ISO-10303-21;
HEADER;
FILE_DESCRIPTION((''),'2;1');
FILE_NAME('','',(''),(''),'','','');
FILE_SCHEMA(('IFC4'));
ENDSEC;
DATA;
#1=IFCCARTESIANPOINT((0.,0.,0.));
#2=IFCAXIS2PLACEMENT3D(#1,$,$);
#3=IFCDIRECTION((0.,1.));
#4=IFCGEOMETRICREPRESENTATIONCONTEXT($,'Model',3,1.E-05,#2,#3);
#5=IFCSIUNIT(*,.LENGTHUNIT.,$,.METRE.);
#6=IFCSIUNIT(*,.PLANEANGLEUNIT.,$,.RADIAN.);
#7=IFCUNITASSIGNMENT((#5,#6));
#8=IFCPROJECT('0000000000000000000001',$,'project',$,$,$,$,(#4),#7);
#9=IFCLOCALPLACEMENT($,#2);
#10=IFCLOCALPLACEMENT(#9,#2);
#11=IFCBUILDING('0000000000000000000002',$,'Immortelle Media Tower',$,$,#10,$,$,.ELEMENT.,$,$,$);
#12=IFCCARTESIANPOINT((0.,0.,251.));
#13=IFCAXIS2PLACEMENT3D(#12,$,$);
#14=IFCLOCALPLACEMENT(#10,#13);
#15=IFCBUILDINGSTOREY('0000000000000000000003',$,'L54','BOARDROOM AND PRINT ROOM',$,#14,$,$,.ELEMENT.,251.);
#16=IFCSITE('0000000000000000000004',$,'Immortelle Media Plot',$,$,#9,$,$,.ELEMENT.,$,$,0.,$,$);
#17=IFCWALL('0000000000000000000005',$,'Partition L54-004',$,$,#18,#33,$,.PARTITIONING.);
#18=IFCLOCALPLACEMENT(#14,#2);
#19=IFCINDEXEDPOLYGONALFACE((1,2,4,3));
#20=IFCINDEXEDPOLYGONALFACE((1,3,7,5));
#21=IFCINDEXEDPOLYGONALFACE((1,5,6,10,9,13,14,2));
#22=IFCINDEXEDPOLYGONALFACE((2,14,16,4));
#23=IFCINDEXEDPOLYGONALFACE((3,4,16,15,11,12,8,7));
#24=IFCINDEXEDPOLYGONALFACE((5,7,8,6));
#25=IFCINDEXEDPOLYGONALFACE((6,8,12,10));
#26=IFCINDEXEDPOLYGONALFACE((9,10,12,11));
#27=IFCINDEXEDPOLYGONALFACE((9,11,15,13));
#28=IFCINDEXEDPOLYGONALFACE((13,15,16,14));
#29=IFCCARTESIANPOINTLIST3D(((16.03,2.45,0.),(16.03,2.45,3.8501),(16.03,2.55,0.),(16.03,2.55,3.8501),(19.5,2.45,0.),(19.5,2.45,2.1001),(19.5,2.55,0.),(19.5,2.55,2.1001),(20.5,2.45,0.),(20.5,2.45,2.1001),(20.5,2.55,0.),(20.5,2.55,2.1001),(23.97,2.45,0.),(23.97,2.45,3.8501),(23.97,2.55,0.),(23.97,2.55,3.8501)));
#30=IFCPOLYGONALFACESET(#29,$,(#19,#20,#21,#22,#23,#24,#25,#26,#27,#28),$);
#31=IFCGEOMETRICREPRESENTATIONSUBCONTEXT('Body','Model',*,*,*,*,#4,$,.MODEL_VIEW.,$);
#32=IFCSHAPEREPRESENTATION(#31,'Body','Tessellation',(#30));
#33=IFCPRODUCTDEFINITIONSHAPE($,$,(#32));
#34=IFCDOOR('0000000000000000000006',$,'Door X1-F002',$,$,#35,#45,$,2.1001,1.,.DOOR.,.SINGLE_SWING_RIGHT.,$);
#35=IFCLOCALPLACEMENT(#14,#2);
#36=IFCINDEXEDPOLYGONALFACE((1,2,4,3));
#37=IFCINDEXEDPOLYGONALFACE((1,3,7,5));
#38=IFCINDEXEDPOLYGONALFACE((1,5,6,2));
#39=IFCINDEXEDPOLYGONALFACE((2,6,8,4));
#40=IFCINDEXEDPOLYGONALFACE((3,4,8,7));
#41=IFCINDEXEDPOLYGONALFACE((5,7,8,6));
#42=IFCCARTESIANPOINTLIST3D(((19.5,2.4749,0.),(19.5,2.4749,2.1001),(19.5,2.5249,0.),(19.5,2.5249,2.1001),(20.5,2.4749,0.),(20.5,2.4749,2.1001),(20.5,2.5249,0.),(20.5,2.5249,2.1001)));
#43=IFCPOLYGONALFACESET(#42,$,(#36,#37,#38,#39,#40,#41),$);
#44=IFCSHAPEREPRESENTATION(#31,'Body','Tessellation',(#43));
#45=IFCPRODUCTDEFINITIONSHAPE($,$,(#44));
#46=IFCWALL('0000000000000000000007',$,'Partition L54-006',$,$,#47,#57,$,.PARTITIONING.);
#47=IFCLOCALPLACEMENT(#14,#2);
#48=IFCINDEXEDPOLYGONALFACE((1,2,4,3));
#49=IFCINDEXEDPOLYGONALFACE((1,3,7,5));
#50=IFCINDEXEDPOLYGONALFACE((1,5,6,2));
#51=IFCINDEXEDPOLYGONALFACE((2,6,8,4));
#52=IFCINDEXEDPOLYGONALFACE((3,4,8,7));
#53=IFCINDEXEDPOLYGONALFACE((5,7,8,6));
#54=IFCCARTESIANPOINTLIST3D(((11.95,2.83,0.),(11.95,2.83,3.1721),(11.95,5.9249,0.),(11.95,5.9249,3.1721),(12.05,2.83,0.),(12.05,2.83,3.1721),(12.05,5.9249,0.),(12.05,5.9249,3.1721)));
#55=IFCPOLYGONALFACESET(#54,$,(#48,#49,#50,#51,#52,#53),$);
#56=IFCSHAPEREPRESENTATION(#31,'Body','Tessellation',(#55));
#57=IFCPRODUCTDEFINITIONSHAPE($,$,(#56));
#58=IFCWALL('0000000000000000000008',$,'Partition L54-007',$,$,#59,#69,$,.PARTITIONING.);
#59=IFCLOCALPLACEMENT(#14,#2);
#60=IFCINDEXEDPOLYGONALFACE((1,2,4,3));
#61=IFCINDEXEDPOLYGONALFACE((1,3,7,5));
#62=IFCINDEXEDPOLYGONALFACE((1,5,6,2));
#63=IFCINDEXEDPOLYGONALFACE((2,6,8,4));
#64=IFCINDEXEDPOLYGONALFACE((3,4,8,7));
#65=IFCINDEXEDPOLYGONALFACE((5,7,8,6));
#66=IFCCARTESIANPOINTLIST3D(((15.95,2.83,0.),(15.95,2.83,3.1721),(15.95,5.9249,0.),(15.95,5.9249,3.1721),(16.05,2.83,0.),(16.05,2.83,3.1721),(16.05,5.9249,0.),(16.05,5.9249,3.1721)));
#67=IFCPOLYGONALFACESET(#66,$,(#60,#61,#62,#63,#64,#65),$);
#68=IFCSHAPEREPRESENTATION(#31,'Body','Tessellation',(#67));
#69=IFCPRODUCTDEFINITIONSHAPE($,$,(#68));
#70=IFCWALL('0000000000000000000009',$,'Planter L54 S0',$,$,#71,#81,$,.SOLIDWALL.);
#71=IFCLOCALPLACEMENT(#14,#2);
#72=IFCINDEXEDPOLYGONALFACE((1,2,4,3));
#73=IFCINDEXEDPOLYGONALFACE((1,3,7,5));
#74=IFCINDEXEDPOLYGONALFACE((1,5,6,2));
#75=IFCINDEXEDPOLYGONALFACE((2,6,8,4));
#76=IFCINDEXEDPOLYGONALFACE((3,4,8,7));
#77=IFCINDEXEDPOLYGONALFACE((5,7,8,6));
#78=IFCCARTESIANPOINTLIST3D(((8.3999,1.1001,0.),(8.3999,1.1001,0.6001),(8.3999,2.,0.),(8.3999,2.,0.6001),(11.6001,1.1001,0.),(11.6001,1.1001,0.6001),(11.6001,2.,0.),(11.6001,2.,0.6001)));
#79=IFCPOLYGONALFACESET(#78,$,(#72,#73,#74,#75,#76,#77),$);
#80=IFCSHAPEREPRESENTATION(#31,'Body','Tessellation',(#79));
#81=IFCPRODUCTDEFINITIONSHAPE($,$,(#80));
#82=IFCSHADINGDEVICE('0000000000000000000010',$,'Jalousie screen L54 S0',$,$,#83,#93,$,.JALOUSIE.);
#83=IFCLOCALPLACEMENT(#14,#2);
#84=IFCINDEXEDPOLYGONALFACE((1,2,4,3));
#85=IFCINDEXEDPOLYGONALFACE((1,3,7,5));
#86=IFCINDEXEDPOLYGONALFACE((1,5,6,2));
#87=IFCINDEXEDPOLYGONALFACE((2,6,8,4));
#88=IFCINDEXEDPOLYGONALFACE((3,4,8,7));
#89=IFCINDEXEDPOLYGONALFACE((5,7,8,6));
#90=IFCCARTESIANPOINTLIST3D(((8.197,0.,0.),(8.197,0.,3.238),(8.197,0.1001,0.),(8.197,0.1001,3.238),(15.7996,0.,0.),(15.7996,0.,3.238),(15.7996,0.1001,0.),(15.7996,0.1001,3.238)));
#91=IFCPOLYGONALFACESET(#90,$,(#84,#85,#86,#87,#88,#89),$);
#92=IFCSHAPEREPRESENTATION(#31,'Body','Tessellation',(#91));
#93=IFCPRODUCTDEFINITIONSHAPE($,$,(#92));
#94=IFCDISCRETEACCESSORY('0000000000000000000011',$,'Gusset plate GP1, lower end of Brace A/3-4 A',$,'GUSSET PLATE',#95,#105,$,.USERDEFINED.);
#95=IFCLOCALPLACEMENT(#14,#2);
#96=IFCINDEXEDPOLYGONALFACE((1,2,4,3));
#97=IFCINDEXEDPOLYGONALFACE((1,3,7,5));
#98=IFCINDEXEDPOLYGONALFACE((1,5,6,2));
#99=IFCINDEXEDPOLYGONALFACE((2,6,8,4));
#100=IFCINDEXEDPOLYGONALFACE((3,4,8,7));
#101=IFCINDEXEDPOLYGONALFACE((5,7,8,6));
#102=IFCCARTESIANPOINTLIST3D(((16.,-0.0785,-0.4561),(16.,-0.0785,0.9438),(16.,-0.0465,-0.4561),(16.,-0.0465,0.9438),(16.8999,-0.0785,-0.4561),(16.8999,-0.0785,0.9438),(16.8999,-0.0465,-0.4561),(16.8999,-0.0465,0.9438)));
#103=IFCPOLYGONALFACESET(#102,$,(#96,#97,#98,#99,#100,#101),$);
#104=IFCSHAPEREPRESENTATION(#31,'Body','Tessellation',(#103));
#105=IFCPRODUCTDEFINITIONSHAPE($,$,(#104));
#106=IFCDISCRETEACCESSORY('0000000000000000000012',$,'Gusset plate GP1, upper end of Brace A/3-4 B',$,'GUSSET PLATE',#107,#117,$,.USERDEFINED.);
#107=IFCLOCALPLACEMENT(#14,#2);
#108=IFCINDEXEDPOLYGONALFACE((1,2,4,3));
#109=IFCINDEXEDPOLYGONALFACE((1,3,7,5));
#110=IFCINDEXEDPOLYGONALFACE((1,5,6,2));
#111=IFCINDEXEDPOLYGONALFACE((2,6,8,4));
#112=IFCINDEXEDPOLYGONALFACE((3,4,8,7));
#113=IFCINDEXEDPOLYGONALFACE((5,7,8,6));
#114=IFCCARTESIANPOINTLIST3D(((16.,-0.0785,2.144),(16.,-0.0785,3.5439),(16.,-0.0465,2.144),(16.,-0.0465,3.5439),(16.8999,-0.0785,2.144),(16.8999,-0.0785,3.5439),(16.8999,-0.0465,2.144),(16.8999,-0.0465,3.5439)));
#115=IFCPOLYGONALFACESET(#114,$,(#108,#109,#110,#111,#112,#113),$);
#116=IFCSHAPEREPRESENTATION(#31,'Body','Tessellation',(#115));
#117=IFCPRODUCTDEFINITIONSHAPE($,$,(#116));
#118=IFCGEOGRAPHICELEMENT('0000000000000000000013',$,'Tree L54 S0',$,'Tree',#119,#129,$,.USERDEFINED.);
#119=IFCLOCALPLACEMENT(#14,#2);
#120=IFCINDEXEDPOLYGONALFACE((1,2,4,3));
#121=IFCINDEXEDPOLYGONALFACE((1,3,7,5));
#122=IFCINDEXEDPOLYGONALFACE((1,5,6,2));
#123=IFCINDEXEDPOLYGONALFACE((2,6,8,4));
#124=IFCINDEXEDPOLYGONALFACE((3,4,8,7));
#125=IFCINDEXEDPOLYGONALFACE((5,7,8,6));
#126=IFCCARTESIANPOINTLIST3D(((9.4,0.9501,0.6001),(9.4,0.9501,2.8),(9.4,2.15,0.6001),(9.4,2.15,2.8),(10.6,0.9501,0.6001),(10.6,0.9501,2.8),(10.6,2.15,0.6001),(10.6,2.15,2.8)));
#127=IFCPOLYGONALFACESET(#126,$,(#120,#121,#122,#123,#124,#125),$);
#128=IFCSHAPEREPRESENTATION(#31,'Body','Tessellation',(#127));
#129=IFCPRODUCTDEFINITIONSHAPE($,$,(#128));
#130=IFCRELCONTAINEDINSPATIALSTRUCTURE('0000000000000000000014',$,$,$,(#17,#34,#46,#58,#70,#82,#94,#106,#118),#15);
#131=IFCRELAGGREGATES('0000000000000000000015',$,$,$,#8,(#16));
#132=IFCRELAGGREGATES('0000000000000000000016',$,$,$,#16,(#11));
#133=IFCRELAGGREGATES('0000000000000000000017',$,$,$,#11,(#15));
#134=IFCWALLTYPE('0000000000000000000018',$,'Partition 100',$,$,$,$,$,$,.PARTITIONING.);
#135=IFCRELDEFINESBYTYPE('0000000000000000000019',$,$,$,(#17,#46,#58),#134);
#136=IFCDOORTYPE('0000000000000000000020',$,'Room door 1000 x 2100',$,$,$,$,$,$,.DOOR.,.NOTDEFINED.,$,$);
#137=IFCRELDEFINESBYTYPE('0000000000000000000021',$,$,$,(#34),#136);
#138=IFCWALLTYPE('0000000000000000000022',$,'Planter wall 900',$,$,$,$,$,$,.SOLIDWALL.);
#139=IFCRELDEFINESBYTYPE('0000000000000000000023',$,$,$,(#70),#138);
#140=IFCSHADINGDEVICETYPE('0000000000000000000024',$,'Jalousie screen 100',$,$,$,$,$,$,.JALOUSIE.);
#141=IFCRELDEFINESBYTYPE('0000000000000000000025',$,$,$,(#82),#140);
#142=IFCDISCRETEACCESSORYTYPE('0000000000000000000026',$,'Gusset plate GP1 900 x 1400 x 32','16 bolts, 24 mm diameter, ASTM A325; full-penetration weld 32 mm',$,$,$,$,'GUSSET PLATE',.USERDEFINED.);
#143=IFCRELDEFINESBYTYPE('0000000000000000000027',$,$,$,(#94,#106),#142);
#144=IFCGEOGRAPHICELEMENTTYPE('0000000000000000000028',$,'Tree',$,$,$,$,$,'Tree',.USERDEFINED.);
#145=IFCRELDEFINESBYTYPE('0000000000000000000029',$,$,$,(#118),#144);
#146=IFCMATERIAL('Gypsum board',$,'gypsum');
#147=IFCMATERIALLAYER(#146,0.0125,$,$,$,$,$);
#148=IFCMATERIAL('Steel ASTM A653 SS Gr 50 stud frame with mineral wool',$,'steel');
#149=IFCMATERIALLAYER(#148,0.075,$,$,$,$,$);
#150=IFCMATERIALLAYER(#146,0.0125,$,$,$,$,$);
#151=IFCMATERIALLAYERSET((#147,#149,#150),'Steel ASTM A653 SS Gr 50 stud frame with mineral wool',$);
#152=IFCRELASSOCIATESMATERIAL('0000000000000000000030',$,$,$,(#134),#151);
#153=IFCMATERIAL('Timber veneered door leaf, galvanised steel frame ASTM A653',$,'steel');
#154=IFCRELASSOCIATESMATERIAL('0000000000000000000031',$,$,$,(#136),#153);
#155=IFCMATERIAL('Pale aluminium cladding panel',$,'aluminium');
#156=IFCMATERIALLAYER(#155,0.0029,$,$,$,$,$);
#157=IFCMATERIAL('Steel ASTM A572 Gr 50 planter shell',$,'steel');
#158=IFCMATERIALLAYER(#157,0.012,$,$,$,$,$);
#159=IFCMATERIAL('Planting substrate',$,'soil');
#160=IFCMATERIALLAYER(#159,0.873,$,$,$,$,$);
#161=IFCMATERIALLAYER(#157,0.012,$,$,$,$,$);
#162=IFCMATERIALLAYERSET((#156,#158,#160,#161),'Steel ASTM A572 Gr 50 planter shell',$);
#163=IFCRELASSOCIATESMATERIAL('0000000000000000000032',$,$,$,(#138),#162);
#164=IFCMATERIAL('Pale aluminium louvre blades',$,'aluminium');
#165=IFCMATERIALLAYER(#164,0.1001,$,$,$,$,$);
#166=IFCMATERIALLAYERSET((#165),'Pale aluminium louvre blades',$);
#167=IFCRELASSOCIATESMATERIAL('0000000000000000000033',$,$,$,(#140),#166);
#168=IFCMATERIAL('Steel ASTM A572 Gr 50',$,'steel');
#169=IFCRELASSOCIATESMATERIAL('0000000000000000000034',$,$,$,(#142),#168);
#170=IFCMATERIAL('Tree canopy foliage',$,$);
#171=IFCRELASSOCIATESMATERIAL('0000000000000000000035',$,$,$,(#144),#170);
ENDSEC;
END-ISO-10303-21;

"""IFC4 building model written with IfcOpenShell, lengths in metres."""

from ifc_helpers import new_model, si_unit, direction, frame, frame_2d, origin, origin_2d, place, context, subcontext, project, spatial, rectangle, extrude, material, layer, layer_set, material_profile, profile_set, type_object, element, fill, save


model = new_model("IFC4")

# Units and contexts
model_context = context("Model", 3, precision=1e-05, world=origin(), true_north=direction((0.0, 1.0)))
body_context = subcontext(model_context, "Body", "Model", "MODEL_VIEW")
ifc_project = project(units=[si_unit("LENGTHUNIT", "METRE"), si_unit("PLANEANGLEUNIT", "RADIAN")], contexts=[model_context])

# Site, building, storey
site_placement = place(None, origin())
site = spatial("IfcSite", under=ifc_project, at=site_placement, Name="Immortelle Media Plot", CompositionType="ELEMENT", RefElevation=0.0)
building_placement = place(site_placement, origin())
building = spatial("IfcBuilding", under=site, at=building_placement, Name="Immortelle Media Tower", CompositionType="ELEMENT")
storey_placement = place(building_placement, frame((0.0, 0.0, 251.0)))
storey = spatial("IfcBuildingStorey", under=building, at=storey_placement, Name="L54", Description="BOARDROOM AND PRINT ROOM", CompositionType="ELEMENT", Elevation=251.0)

# Shared definitions
ifc_material_1 = material(Name="Pale aluminium cladding panel", Category="aluminium")
ifc_material_2 = material(Name="Steel ASTM A653 SS Gr 50 stud frame with mineral wool", Category="steel")

# Wall, opening, door
ifc_material_3 = material(Name="Gypsum board", Category="gypsum")
ifc_layer_1 = layer(ifc_material_3, 0.0125)
ifc_layer_2 = layer(ifc_material_2, 0.075)
ifc_layer_3 = layer(ifc_material_3, 0.0125)
ifc_layer_set_1 = layer_set([ifc_layer_1, ifc_layer_2, ifc_layer_3], Name="Steel ASTM A653 SS Gr 50 stud frame with mineral wool")
wall_type_1 = type_object("IfcWallType", Name="Partition 100", PredefinedType="PARTITIONING", material=ifc_layer_set_1)
wall_1_placement = place(storey_placement, frame((16.03, 2.5, 0.0), z_axis=(0.0, 0.0, 1.0), x_axis=(1.0, 0.0, 0.0)))
wall_1 = element("IfcWall", 1, at=wall_1_placement, inside=storey, type_object=wall_type_1, Name="Partition L54-004", PredefinedType="PARTITIONING", context=body_context, shape_type="SweptSolid", body=[
    extrude(rectangle(XDim=7.9399, YDim=0.1001, at=frame_2d((3.97, 0.0))), origin(), (0.0, 0.0, 1.0), 3.8501),
])
opening_1_placement = place(wall_1_placement, frame((3.47, 0.0, 0.0)))
opening_1 = element("IfcOpeningElement", 2, at=opening_1_placement, cuts=wall_1, PredefinedType="OPENING", context=body_context, shape_type="SweptSolid", body=[
    extrude(rectangle(XDim=1.0, YDim=2.1001, at=frame_2d((0.5, 1.05))), frame((0.0, 0.0601, 0.0), z_axis=(0.0, -1.0, 0.0), x_axis=(1.0, 0.0, 0.0)), (0.0, 0.0, 1.0), 0.1201),
])
ifc_material_4 = material(Name="Timber veneered door leaf, galvanised steel frame ASTM A653", Category="steel")
door_type_1 = type_object("IfcDoorType", Name="Room door 1000 x 2100", OperationType="NOTDEFINED", PredefinedType="DOOR", material=ifc_material_4)
door_1_placement = place(opening_1_placement, origin())
door_1 = element("IfcDoor", 3, at=door_1_placement, inside=storey, type_object=door_type_1, Name="Door X1-F002", OperationType="SINGLE_SWING_RIGHT", OverallHeight=2.1001, OverallWidth=1.0, PredefinedType="DOOR", context=body_context, shape_type="SweptSolid", body=[
    extrude(rectangle(XDim=1.0, YDim=2.1001, at=frame_2d((0.5, 1.05))), frame((0.0, 0.0249, 0.0), z_axis=(0.0, -1.0, 0.0), x_axis=(1.0, 0.0, 0.0)), (0.0, 0.0, 1.0), 0.05),
])
fill(opening_1, door_1)

# Walls
for number, where, z_axis, x_axis, name in (
    (4, (12.0, 2.8301, 0.0), (0.0, 0.0, 1.0), (0.0, 1.0, 0.0), "Partition L54-006"),
    (5, (16.0, 2.8301, 0.0), (0.0, 0.0, 1.0), (0.0, 1.0, 0.0), "Partition L54-007"),
):
    element("IfcWall", number, at=place(storey_placement, frame(where, z_axis=z_axis, x_axis=x_axis)), inside=storey, type_object=wall_type_1, Name=name, PredefinedType="PARTITIONING", context=body_context, shape_type="SweptSolid", body=[
        extrude(rectangle(XDim=3.095, YDim=0.1001, at=frame_2d((1.5474, 0.0))), origin(), (0.0, 0.0, 1.0), 3.1721),
    ])
ifc_layer_4 = layer(ifc_material_1, 0.0029)
ifc_material_5 = material(Name="Steel ASTM A572 Gr 50 planter shell", Category="steel")
ifc_layer_5 = layer(ifc_material_5, 0.012)
ifc_material_6 = material(Name="Planting substrate", Category="soil")
ifc_layer_6 = layer(ifc_material_6, 0.873)
ifc_layer_7 = layer(ifc_material_5, 0.012)
ifc_layer_set_2 = layer_set([ifc_layer_4, ifc_layer_5, ifc_layer_6, ifc_layer_7], Name="Steel ASTM A572 Gr 50 planter shell")
wall_type_2 = type_object("IfcWallType", Name="Planter wall 900", PredefinedType="SOLIDWALL", material=ifc_layer_set_2)
wall_2_placement = place(storey_placement, frame((8.3999, 1.55, 0.0), z_axis=(0.0, 0.0, 1.0), x_axis=(1.0, 0.0, 0.0)))
element("IfcWall", 6, at=wall_2_placement, inside=storey, type_object=wall_type_2, Name="Planter L54 S0", PredefinedType="SOLIDWALL", context=body_context, shape_type="SweptSolid", body=[
    extrude(rectangle(XDim=3.2002, YDim=0.8999, at=frame_2d((1.6001, 0.0))), origin(), (0.0, 0.0, 1.0), 0.6001),
])

# Shading device
ifc_material_7 = material(Name="Pale aluminium louvre blades", Category="aluminium")
ifc_layer_8 = layer(ifc_material_7, 0.1001)
ifc_layer_set_3 = layer_set([ifc_layer_8], Name="Pale aluminium louvre blades")
shading_device_type = type_object("IfcShadingDeviceType", Name="Jalousie screen 100", PredefinedType="JALOUSIE", material=ifc_layer_set_3)
shading_device_placement = place(storey_placement, frame((11.9983, 0.05, 0.0), z_axis=(0.0, 0.0, 1.0), x_axis=(1.0, 0.0, 0.0)))
element("IfcShadingDevice", 7, at=shading_device_placement, inside=storey, type_object=shading_device_type, Name="Jalousie screen L54 S0", PredefinedType="JALOUSIE", context=body_context, shape_type="SweptSolid", body=[
    extrude(rectangle(XDim=7.6025, YDim=0.1001, at=origin_2d()), origin(), (0.0, 0.0, 1.0), 3.238),
])

# Discrete accessories
ifc_material_8 = material(Name="Steel ASTM A572 Gr 50", Category="steel")
ifc_material_profile_1 = material_profile(ifc_material_8, rectangle(XDim=0.032, YDim=1.3999, at=origin_2d()), Name="PL 32 x 1400")
ifc_profile_set_1 = profile_set([ifc_material_profile_1], Name="Steel ASTM A572 Gr 50")
discrete_accessory_type = type_object("IfcDiscreteAccessoryType", Name="Gusset plate GP1 900 x 1400 x 32", Description="16 bolts, 24 mm diameter, ASTM A325; full-penetration weld 32 mm", ElementType="GUSSET PLATE", PredefinedType="USERDEFINED", material=ifc_profile_set_1)
for number, where, z_axis, x_axis, name in (
    (8, (16.0, -0.0625, 0.2439), (1.0, 0.0, 0.0), (0.0, 1.0, 0.0), "Gusset plate GP1, lower end of Brace A/3-4 A"),
    (9, (16.0, -0.0625, 2.844), (1.0, 0.0, 0.0), (0.0, 1.0, 0.0), "Gusset plate GP1, upper end of Brace A/3-4 B"),
):
    element("IfcDiscreteAccessory", number, at=place(storey_placement, frame(where, z_axis=z_axis, x_axis=x_axis)), inside=storey, type_object=discrete_accessory_type, Name=name, ObjectType="GUSSET PLATE", PredefinedType="USERDEFINED", context=body_context, shape_type="SweptSolid", body=[
        extrude(rectangle(XDim=0.032, YDim=1.3999, at=origin_2d()), origin(), (0.0, 0.0, 1.0), 0.8999),
    ])

# Geographic element
ifc_material_9 = material(Name="Tree canopy foliage")
geographic_element_type = type_object("IfcGeographicElementType", Name="Tree", ElementType="Tree", PredefinedType="USERDEFINED", material=ifc_material_9)
geographic_element_placement = place(storey_placement, frame((10.0, 1.55, 0.6001), z_axis=(0.0, 0.0, 1.0), x_axis=(1.0, 0.0, 0.0)))
element("IfcGeographicElement", 10, at=geographic_element_placement, inside=storey, type_object=geographic_element_type, Name="Tree L54 S0", ObjectType="Tree", PredefinedType="USERDEFINED", context=body_context, shape_type="SweptSolid", body=[
    extrude(rectangle(XDim=1.2, YDim=1.2, at=origin_2d()), origin(), (0.0, 0.0, 1.0), 2.2),
])

save(model, "model.ifc")
